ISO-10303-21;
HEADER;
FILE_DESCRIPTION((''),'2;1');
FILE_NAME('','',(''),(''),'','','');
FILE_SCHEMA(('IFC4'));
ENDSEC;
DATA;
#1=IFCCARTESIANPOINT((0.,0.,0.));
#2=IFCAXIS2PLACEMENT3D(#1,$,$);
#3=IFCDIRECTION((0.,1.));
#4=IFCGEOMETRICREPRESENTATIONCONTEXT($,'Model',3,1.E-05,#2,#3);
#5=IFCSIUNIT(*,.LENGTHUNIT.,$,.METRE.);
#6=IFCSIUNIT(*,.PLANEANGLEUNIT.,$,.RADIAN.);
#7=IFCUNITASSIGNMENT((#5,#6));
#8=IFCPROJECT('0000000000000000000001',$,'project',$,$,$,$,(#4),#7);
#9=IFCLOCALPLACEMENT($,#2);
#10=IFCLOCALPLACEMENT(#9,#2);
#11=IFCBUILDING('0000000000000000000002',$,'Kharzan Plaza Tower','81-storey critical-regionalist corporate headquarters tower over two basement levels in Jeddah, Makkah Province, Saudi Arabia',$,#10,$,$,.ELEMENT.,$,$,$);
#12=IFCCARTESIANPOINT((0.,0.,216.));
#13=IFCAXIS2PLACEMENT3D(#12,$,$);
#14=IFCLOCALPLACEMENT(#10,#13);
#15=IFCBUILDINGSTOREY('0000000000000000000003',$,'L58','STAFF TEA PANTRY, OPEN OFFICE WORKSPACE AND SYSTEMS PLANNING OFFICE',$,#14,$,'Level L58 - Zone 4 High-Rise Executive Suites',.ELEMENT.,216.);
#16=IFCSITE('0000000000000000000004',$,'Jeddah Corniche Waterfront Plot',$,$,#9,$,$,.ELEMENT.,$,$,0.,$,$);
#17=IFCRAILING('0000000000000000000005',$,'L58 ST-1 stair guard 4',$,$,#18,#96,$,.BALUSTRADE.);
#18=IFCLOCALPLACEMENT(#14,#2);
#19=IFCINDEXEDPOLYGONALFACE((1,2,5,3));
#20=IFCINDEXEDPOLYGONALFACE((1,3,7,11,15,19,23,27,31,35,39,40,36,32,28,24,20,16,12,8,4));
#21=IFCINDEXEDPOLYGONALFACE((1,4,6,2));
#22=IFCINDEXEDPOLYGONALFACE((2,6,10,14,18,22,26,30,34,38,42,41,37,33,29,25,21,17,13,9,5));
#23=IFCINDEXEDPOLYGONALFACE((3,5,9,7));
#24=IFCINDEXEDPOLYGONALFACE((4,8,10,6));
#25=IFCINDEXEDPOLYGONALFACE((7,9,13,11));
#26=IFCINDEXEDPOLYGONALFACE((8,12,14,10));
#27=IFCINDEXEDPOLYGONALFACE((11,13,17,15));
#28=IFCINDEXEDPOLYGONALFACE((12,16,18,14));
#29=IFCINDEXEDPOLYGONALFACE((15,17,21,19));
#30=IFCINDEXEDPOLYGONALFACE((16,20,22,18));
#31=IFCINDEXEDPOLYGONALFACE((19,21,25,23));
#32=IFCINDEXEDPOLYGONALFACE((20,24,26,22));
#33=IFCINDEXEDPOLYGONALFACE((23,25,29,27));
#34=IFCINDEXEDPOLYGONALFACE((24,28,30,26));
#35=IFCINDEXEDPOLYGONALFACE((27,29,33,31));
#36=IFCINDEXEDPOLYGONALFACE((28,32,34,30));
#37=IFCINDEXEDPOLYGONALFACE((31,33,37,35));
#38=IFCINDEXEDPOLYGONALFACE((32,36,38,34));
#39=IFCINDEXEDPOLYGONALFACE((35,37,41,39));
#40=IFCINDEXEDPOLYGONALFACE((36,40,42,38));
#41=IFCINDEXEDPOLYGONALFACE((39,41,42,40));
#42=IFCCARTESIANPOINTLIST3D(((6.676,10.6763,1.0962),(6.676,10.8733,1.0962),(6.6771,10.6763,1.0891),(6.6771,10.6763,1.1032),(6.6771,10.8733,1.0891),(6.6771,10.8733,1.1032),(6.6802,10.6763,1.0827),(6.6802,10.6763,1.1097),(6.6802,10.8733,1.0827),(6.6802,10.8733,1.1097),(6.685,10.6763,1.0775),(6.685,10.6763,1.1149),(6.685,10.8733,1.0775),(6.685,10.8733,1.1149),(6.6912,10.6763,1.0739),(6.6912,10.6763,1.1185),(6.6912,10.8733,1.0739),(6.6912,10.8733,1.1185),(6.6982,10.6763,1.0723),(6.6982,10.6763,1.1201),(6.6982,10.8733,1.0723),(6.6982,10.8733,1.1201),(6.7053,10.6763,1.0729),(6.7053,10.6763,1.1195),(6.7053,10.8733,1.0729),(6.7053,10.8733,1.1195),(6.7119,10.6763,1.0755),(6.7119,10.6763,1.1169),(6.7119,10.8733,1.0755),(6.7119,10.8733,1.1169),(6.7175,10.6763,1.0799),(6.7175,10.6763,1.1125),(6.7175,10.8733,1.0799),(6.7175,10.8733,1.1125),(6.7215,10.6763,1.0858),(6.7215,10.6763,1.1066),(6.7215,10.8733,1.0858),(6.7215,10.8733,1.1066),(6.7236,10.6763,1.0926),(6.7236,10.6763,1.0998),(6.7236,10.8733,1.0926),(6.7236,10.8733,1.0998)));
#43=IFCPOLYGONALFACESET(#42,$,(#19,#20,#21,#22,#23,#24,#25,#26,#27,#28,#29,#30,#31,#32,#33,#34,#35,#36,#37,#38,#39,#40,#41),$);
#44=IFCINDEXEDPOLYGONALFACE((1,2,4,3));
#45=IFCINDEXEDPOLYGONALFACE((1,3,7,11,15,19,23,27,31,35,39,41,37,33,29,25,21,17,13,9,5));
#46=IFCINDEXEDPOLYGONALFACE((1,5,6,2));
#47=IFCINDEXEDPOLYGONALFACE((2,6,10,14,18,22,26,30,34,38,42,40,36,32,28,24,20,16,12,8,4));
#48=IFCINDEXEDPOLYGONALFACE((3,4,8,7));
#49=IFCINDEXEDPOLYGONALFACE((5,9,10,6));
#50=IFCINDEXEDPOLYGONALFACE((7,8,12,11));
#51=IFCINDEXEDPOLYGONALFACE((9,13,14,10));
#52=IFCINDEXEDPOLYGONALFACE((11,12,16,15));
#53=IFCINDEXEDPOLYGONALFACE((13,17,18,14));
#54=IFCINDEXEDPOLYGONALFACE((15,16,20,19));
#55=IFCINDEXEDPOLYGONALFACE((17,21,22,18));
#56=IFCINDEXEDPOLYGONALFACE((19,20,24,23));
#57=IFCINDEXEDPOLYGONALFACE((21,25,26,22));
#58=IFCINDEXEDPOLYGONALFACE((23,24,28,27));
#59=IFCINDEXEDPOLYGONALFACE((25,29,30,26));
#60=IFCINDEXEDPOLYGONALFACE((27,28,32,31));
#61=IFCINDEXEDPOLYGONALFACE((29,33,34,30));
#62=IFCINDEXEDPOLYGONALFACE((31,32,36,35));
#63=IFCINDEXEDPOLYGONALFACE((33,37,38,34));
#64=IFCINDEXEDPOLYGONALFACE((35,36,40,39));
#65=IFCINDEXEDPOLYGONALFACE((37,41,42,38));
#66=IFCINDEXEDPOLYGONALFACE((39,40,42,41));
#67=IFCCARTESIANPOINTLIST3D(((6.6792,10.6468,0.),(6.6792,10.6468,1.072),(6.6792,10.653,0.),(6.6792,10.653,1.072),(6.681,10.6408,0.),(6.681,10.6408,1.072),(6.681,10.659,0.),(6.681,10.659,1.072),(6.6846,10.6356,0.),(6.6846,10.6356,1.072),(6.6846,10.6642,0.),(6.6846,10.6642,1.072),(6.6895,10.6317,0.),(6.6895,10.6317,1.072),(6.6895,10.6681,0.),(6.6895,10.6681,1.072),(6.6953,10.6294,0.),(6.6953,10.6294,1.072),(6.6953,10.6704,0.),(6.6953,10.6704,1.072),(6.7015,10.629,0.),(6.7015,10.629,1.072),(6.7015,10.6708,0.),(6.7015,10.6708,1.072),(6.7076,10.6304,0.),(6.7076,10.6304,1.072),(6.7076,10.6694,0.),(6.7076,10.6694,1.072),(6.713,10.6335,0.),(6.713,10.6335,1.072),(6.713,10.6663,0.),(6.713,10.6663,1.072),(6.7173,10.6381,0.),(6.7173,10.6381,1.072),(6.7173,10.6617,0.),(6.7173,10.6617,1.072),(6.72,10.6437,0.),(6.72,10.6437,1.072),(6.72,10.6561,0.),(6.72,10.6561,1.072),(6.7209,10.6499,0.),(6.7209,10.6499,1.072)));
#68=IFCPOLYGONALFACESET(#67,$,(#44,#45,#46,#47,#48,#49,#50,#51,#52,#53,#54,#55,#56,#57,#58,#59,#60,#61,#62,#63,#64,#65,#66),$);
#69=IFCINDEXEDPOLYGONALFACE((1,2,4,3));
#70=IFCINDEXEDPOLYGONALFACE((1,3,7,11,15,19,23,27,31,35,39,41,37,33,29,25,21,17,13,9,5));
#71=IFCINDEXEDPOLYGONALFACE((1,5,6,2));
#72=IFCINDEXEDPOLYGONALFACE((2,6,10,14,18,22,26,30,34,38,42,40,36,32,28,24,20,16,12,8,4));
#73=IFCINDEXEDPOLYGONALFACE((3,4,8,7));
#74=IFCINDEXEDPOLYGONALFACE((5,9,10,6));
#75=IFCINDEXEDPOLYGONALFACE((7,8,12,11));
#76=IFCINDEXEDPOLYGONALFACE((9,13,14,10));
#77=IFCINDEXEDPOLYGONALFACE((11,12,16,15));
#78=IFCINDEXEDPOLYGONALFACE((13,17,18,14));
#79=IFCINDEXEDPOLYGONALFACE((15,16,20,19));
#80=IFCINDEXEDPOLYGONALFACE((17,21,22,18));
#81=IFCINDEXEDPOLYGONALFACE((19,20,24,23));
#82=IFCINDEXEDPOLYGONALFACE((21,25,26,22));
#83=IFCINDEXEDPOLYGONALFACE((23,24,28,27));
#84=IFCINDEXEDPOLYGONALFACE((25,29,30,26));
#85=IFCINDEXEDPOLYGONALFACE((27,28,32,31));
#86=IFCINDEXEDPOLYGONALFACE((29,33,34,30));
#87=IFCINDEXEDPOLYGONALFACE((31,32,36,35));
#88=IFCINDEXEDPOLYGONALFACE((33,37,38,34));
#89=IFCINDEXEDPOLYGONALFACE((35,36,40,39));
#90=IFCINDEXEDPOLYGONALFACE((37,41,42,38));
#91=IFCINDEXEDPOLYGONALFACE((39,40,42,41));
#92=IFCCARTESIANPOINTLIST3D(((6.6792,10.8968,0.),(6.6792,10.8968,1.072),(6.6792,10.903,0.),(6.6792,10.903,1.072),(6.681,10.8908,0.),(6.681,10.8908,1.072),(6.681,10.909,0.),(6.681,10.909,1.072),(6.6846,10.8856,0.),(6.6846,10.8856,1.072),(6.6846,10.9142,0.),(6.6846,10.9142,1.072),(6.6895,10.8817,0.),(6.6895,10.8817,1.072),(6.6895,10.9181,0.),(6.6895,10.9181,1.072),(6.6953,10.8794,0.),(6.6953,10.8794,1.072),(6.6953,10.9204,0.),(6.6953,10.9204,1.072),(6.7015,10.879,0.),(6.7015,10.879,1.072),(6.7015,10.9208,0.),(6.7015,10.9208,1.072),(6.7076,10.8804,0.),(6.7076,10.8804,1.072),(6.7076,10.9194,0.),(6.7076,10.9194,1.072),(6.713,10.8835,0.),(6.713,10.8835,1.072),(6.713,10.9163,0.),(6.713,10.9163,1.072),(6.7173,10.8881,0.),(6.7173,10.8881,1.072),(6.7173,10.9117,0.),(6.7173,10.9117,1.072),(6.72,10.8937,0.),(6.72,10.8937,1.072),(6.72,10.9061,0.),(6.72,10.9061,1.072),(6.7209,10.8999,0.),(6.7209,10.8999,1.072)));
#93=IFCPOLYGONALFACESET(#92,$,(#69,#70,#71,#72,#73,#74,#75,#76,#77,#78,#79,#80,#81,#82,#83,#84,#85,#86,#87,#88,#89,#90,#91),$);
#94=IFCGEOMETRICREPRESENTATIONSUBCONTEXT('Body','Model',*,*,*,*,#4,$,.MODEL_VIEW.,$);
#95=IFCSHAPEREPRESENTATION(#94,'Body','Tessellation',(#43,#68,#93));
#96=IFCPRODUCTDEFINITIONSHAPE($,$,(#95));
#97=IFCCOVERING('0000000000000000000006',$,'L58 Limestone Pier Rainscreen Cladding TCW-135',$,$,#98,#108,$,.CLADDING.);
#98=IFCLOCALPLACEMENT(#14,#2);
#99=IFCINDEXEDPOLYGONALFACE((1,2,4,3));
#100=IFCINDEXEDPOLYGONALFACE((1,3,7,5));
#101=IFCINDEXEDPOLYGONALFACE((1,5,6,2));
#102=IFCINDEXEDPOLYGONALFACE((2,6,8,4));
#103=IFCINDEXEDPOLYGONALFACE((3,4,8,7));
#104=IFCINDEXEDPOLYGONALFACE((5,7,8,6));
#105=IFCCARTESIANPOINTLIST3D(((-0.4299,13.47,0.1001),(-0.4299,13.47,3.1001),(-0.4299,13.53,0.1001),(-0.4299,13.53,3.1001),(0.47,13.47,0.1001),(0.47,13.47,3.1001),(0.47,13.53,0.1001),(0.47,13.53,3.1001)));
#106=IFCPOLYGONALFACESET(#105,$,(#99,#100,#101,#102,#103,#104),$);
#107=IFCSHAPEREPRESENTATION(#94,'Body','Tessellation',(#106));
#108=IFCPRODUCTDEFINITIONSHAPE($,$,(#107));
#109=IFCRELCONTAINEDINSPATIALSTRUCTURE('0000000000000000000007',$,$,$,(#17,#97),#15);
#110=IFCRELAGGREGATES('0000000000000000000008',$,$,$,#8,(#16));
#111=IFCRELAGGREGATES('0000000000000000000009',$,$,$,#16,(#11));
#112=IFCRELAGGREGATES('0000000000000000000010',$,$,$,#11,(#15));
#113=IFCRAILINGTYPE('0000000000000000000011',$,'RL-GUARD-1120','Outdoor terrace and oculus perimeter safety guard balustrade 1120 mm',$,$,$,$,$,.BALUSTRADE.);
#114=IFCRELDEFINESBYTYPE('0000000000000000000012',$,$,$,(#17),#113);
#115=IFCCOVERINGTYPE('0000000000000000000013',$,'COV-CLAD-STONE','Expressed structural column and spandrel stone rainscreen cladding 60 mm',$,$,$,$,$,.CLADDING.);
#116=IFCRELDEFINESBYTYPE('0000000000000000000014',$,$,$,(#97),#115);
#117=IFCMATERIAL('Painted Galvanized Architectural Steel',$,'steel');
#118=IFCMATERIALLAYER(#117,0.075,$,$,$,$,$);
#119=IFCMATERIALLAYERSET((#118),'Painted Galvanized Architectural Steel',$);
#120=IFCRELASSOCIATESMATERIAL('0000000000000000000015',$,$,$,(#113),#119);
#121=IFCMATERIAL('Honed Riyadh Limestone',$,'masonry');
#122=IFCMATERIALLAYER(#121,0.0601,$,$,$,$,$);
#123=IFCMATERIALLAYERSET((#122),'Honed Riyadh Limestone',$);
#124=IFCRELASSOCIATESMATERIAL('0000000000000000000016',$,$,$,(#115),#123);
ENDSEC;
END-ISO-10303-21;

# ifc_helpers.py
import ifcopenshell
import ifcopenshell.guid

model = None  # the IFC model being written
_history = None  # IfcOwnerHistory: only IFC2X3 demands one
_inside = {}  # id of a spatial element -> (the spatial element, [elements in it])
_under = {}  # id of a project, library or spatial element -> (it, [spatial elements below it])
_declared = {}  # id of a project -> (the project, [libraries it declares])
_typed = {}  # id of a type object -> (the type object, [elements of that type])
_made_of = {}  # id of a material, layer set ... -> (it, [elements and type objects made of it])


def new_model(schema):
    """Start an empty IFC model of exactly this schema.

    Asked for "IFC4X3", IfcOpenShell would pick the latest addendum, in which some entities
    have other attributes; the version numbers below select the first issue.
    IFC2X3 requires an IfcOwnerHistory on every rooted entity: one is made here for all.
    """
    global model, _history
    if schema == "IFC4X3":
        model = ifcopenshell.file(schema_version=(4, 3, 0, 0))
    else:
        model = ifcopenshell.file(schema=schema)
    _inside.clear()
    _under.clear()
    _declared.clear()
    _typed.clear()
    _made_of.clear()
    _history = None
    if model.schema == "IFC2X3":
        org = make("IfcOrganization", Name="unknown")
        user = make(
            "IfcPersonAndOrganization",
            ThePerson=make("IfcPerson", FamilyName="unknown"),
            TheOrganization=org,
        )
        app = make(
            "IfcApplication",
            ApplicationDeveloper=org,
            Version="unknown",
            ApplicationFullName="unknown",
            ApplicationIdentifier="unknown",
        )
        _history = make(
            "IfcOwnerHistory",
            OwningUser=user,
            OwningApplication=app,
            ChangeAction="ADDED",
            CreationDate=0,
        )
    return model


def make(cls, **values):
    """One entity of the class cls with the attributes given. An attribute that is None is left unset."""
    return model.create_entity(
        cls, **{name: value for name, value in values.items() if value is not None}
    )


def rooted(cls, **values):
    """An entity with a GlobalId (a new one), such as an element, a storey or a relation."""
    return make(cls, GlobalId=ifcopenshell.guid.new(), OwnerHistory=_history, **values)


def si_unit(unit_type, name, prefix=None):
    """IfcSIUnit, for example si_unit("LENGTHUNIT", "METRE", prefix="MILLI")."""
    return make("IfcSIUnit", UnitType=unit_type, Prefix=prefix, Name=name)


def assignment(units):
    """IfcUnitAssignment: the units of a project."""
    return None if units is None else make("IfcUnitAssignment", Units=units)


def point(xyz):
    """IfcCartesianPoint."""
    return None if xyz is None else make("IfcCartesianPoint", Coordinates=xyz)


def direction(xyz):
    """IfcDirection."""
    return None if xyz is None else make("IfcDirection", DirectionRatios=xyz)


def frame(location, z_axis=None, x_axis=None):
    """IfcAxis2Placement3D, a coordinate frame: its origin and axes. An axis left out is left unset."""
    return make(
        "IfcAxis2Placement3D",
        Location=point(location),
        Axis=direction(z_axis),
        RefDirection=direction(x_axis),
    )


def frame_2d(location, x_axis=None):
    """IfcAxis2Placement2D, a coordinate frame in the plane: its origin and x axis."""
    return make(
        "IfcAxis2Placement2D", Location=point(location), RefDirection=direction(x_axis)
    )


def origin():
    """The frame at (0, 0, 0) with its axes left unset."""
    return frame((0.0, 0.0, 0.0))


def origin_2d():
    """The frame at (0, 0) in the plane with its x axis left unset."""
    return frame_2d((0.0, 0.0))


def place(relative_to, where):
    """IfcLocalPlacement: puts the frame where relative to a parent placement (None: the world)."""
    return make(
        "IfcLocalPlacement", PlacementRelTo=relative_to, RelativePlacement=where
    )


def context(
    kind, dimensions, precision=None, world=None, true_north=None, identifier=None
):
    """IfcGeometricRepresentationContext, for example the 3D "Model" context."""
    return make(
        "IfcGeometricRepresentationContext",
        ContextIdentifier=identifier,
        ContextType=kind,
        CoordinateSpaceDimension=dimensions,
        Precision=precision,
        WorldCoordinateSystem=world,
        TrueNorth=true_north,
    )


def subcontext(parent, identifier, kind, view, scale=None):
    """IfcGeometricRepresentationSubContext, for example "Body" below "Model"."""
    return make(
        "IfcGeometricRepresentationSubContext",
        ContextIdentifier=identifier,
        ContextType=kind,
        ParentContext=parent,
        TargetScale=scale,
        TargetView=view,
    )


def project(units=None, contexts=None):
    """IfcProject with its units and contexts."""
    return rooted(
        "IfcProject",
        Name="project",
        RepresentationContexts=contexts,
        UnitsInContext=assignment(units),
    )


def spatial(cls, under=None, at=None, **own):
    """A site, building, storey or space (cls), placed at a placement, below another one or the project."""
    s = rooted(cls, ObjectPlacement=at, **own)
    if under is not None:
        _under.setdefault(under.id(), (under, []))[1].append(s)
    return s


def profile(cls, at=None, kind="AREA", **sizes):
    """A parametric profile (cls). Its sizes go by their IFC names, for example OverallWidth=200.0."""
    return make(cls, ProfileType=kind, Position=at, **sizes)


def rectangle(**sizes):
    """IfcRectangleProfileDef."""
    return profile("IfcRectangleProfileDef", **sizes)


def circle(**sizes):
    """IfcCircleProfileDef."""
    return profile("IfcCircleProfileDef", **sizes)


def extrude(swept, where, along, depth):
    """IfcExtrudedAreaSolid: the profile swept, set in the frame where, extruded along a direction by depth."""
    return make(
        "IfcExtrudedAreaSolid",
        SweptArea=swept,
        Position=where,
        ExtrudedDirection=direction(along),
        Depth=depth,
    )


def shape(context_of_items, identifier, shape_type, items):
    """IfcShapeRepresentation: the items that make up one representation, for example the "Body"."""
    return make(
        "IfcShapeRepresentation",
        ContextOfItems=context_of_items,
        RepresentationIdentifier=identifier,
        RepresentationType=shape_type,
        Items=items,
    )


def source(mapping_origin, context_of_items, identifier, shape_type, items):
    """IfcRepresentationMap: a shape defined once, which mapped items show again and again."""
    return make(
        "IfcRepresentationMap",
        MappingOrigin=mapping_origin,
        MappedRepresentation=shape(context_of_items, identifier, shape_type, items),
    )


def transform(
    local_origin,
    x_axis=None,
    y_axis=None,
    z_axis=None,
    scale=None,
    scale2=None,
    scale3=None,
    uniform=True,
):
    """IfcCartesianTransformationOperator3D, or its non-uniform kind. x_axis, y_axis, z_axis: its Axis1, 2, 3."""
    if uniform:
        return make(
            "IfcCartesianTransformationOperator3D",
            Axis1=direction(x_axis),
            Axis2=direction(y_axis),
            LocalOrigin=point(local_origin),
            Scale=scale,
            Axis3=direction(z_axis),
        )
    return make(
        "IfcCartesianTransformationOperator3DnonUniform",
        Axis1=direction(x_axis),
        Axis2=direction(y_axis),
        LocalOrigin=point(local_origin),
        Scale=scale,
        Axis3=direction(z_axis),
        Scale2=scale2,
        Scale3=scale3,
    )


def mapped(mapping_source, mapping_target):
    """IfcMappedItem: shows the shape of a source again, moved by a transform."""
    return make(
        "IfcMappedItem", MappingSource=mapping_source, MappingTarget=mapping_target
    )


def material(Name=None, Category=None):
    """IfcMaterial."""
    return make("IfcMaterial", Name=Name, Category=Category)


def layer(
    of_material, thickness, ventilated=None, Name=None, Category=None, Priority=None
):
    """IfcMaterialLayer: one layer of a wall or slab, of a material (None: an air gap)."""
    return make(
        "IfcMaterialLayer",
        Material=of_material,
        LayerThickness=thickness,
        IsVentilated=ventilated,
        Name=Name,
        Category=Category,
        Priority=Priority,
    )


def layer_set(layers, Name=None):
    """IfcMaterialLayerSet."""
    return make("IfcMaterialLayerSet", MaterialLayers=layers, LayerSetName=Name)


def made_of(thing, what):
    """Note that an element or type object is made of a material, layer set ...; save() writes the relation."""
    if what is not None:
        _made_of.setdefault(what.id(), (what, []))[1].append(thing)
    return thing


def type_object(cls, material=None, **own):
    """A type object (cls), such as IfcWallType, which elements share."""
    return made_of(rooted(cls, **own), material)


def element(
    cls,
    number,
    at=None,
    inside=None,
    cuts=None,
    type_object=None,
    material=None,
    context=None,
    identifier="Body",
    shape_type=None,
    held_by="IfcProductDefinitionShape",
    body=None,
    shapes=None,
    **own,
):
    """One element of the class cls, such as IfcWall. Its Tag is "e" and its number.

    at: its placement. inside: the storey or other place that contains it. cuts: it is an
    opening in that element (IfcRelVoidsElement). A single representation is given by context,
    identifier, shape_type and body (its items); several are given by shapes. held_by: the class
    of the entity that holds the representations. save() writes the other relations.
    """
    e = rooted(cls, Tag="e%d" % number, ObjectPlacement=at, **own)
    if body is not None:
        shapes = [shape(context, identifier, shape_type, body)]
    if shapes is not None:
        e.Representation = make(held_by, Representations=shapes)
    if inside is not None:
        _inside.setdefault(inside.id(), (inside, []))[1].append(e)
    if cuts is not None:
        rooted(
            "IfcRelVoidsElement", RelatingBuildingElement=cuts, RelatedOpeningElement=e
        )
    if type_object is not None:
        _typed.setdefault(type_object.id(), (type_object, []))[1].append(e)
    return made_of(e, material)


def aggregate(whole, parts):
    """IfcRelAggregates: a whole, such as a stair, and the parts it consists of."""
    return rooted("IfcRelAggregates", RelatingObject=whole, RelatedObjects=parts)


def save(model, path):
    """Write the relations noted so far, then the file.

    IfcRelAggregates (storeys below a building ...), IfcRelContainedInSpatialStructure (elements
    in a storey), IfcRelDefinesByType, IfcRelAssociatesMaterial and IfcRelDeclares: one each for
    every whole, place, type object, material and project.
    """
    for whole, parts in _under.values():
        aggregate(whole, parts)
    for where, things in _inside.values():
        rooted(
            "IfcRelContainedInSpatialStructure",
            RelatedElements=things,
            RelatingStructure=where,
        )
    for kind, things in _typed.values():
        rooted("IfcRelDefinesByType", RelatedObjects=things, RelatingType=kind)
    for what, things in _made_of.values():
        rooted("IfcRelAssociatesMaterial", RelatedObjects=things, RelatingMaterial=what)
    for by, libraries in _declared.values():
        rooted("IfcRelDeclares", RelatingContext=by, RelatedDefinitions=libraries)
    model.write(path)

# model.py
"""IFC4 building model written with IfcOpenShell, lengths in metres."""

from ifc_helpers import new_model, si_unit, direction, frame, origin, origin_2d, place, context, subcontext, project, spatial, rectangle, circle, extrude, source, transform, mapped, material, layer, layer_set, type_object, element, save


model = new_model("IFC4")

# Units and contexts
model_context = context("Model", 3, precision=1e-05, world=origin(), true_north=direction((0.0, 1.0)))
body_context = subcontext(model_context, "Body", "Model", "MODEL_VIEW")
ifc_project = project(units=[si_unit("LENGTHUNIT", "METRE"), si_unit("PLANEANGLEUNIT", "RADIAN")], contexts=[model_context])

# Site, building, storey
site_placement = place(None, origin())
site = spatial("IfcSite", under=ifc_project, at=site_placement, Name="Jeddah Corniche Waterfront Plot", CompositionType="ELEMENT", RefElevation=0.0)
building_placement = place(site_placement, origin())
building = spatial("IfcBuilding", under=site, at=building_placement, Name="Kharzan Plaza Tower", Description="81-storey critical-regionalist corporate headquarters tower over two basement levels in Jeddah, Makkah Province, Saudi Arabia", CompositionType="ELEMENT")
storey_placement = place(building_placement, frame((0.0, 0.0, 216.0)))
storey = spatial("IfcBuildingStorey", under=building, at=storey_placement, Name="L58", Description="STAFF TEA PANTRY, OPEN OFFICE WORKSPACE AND SYSTEMS PLANNING OFFICE", LongName="Level L58 - Zone 4 High-Rise Executive Suites", CompositionType="ELEMENT", Elevation=216.0)

# Railing
ifc_material_1 = material(Name="Painted Galvanized Architectural Steel", Category="steel")
ifc_layer_1 = layer(ifc_material_1, 0.075)
ifc_layer_set_1 = layer_set([ifc_layer_1], Name="Painted Galvanized Architectural Steel")
railing_type_1 = type_object("IfcRailingType", Name="RL-GUARD-1120", Description="Outdoor terrace and oculus perimeter safety guard balustrade 1120 mm", PredefinedType="BALUSTRADE", material=ifc_layer_set_1)
shared_shape_1 = source(origin(), body_context, "Body", "SweptSolid", [
    extrude(circle(Radius=0.0239, at=origin_2d()), frame((0.0, 0.0264, 1.0962), z_axis=(0.0, 1.0, 0.0), x_axis=(-1.0, 0.0, 0.0)), (0.0, 0.0, 1.0), 0.197),
    extrude(circle(Radius=0.021, at=origin_2d()), origin(), (0.0, 0.0, 1.0), 1.072),
    extrude(circle(Radius=0.021, at=origin_2d()), frame((0.0, 0.25, 0.0)), (0.0, 0.0, 1.0), 1.072),
])
railing_1_placement = place(storey_placement, frame((6.7, 10.6499, 0.0)))
element("IfcRailing", 1, at=railing_1_placement, inside=storey, type_object=railing_type_1, Name="L58 ST-1 stair guard 4", PredefinedType="BALUSTRADE", context=body_context, shape_type="MappedRepresentation", body=[
    mapped(shared_shape_1, transform((0.0, 0.0, 0.0), x_axis=(1.0, 0.0, 0.0), y_axis=(0.0, 1.0, 0.0), z_axis=(0.0, 0.0, 1.0))),
])

# Covering
ifc_material_2 = material(Name="Honed Riyadh Limestone", Category="masonry")
ifc_layer_2 = layer(ifc_material_2, 0.0601)
ifc_layer_set_2 = layer_set([ifc_layer_2], Name="Honed Riyadh Limestone")
covering_type = type_object("IfcCoveringType", Name="COV-CLAD-STONE", Description="Expressed structural column and spandrel stone rainscreen cladding 60 mm", PredefinedType="CLADDING", material=ifc_layer_set_2)
shared_shape_2 = source(origin(), body_context, "Body", "SweptSolid", [
    extrude(rectangle(XDim=0.0601, YDim=0.8999, at=origin_2d()), origin(), (0.0, 0.0, 1.0), 3.0),
])
covering_placement = place(storey_placement, frame((0.02, 13.5, 0.1001), z_axis=(0.0, 0.0, 1.0), x_axis=(0.0, 1.0, 0.0)))
element("IfcCovering", 2, at=covering_placement, inside=storey, type_object=covering_type, Name="L58 Limestone Pier Rainscreen Cladding TCW-135", PredefinedType="CLADDING", context=body_context, shape_type="MappedRepresentation", body=[
    mapped(shared_shape_2, transform((0.0, 0.0, 0.0), x_axis=(1.0, 0.0, 0.0), y_axis=(0.0, 1.0, 0.0), z_axis=(0.0, 0.0, 1.0))),
])

save(model, "model.ifc")
